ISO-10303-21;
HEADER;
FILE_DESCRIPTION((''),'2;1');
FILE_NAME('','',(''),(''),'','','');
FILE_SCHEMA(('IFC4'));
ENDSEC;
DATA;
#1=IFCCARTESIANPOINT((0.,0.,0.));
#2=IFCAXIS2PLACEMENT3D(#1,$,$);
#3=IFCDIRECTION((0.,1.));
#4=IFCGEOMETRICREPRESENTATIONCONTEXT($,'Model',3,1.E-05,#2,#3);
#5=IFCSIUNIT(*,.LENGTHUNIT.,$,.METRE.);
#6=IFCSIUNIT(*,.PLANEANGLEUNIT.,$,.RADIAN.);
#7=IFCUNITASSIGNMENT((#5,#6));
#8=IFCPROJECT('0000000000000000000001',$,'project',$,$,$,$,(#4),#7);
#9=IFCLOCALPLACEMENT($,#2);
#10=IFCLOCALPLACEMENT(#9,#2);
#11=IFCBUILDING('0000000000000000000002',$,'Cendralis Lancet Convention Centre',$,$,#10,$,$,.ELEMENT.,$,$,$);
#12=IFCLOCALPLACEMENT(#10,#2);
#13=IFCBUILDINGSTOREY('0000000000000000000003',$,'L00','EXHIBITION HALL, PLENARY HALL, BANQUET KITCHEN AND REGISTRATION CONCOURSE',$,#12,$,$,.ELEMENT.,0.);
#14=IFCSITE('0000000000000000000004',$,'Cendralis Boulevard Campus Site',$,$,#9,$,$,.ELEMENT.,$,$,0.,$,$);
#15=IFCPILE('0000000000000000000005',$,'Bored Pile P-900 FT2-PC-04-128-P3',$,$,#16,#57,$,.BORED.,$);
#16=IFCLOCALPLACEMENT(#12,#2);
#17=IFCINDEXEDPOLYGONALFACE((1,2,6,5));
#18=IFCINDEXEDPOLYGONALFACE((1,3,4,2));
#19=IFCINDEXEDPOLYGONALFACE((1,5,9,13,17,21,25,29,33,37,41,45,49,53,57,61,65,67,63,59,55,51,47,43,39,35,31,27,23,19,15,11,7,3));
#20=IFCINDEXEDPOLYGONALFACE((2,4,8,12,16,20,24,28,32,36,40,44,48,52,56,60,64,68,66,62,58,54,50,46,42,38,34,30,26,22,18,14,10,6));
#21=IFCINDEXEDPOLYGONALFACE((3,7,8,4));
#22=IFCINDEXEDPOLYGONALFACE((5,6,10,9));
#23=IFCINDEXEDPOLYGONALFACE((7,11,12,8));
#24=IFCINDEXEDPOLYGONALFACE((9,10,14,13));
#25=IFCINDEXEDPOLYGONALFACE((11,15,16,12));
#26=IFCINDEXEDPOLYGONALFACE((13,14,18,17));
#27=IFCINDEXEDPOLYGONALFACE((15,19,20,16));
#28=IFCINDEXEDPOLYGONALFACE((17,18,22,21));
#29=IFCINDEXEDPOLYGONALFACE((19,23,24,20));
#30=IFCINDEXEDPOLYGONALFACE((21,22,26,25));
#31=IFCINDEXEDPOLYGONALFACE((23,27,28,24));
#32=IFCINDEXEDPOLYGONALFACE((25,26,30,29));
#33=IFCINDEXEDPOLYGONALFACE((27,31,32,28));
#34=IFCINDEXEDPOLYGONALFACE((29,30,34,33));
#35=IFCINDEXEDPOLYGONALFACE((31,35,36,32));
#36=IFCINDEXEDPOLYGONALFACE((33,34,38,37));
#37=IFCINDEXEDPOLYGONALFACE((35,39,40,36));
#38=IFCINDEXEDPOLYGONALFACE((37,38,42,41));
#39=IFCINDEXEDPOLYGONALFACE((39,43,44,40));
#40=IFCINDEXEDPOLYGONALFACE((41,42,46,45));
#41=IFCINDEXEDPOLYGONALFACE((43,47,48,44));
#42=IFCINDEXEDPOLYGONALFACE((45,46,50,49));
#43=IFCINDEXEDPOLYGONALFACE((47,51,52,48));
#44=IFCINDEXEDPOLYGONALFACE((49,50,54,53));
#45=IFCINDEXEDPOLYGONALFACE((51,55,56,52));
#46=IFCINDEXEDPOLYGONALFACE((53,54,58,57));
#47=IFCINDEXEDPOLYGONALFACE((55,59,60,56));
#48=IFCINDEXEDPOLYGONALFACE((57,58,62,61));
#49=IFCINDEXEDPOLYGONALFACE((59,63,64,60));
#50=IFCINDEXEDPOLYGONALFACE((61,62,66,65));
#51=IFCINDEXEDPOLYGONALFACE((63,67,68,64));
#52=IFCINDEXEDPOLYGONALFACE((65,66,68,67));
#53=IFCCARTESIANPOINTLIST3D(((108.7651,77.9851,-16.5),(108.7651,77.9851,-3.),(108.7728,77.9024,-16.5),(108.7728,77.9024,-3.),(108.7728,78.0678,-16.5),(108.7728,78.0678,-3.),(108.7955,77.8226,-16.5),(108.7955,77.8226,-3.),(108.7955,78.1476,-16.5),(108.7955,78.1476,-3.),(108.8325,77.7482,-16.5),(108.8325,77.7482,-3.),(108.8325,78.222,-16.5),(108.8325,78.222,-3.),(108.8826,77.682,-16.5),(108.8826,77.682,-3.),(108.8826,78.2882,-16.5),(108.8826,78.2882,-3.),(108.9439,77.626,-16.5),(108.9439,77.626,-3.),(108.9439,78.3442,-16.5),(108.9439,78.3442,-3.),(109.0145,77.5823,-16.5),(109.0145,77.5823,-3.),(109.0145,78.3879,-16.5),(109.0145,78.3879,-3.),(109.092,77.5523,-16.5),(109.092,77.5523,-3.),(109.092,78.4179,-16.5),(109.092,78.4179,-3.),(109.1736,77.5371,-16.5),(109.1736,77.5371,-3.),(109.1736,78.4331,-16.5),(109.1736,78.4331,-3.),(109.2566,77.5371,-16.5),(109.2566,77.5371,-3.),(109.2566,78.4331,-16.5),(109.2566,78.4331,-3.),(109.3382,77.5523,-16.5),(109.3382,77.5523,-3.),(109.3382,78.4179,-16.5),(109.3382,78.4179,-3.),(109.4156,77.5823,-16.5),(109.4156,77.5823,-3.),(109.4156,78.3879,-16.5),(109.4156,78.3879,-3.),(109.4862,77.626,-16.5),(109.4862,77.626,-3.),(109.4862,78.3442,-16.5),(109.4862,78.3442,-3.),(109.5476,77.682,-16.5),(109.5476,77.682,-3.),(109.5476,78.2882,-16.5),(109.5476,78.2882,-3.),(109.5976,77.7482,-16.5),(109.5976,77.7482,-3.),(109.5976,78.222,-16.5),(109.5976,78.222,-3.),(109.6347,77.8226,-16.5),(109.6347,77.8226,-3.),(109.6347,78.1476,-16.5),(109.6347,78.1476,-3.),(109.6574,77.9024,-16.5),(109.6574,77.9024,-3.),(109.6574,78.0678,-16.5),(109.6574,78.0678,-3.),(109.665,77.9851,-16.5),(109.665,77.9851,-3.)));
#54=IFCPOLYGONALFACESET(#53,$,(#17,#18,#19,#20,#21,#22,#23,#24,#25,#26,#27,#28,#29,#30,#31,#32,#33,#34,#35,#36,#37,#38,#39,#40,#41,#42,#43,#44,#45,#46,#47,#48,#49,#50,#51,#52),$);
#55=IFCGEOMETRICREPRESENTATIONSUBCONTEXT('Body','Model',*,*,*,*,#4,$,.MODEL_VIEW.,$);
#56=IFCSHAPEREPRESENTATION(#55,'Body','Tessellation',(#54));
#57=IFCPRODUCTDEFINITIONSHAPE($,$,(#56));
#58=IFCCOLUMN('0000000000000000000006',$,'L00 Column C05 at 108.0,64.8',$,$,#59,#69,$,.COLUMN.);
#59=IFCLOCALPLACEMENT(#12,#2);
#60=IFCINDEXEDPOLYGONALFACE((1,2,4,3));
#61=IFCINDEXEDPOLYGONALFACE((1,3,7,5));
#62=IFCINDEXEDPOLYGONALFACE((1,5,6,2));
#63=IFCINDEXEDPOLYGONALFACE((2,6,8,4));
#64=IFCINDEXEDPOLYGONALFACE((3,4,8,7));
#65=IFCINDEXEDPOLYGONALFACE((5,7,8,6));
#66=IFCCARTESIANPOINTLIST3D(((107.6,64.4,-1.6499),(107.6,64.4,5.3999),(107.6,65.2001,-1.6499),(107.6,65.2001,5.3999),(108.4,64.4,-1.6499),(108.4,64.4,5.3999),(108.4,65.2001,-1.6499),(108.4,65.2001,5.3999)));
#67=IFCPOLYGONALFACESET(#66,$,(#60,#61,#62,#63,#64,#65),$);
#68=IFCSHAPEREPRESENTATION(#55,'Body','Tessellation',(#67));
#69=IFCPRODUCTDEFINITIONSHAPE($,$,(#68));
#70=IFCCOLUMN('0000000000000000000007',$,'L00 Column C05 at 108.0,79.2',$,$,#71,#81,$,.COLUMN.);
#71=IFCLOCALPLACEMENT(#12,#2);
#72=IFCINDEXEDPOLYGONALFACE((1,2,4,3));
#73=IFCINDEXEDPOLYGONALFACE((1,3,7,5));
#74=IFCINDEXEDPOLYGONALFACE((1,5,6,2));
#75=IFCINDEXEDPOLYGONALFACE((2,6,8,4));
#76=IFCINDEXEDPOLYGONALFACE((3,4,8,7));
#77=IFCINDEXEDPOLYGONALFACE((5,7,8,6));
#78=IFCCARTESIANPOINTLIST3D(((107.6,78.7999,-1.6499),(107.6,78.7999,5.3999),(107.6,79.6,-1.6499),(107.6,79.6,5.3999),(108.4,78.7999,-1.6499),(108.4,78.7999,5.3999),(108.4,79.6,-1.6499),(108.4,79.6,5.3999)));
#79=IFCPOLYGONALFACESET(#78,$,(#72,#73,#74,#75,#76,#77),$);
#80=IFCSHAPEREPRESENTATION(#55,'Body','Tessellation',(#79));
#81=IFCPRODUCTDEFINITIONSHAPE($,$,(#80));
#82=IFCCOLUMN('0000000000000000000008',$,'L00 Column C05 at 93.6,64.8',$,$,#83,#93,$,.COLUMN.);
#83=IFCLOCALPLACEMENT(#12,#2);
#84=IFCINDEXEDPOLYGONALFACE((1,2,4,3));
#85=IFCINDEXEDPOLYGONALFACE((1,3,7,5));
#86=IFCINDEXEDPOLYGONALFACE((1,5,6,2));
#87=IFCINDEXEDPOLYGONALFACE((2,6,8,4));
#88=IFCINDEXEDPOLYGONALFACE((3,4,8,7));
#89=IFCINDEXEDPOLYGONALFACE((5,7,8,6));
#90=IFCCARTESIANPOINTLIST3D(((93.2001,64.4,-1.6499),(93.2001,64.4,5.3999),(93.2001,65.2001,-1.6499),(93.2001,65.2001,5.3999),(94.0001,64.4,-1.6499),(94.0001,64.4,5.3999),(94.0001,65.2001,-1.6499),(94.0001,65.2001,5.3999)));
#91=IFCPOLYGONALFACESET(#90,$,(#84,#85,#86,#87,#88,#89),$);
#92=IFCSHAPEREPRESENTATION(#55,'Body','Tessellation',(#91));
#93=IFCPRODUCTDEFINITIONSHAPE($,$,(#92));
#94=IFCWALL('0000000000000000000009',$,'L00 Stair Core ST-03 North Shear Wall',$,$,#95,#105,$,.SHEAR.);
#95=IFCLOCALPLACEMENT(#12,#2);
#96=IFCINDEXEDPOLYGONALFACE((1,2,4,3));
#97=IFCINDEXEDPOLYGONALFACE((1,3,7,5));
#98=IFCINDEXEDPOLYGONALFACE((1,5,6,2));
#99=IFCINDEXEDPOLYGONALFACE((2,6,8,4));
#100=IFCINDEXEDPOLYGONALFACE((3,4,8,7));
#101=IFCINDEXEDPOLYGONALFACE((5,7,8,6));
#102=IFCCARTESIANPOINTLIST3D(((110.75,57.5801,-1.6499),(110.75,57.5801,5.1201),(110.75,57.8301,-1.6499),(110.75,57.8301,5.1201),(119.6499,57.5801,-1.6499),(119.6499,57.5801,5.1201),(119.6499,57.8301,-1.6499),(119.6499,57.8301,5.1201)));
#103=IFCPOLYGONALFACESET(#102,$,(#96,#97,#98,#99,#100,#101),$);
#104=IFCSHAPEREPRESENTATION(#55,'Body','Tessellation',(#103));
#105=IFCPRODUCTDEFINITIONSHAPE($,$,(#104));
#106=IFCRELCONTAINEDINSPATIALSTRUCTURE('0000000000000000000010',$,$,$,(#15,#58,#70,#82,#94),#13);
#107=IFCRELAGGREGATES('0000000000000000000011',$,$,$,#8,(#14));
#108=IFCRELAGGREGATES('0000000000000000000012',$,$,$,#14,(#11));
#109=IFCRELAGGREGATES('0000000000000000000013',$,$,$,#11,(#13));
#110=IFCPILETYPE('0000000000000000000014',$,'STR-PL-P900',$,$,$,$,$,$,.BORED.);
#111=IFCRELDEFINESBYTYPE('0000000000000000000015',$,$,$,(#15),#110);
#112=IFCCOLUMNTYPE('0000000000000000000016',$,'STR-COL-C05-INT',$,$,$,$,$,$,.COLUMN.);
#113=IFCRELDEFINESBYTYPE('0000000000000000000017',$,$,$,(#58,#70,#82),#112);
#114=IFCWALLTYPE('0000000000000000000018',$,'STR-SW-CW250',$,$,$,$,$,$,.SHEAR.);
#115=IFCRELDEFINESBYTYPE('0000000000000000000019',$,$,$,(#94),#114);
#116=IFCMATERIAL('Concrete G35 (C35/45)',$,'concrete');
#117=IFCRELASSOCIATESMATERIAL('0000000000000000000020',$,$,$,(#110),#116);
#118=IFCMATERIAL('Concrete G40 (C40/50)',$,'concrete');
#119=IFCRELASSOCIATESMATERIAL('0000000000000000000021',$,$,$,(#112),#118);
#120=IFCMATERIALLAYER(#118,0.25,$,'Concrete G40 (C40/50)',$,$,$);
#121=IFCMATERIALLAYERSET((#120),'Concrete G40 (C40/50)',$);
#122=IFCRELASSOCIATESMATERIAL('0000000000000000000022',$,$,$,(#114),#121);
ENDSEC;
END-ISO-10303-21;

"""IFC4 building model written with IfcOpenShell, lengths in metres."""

from ifc_helpers import new_model, si_unit, direction, frame, frame_2d, origin, origin_2d, place, context, subcontext, project, spatial, rectangle, circle, extrude, material, layer, layer_set, material_profile, profile_set, type_object, element, save


model = new_model("IFC4")

# Units and contexts
model_context = context("Model", 3, precision=1e-05, world=origin(), true_north=direction((0.0, 1.0)))
body_context = subcontext(model_context, "Body", "Model", "MODEL_VIEW")
ifc_project = project(units=[si_unit("LENGTHUNIT", "METRE"), si_unit("PLANEANGLEUNIT", "RADIAN")], contexts=[model_context])

# Site, building, storey
site_placement = place(None, origin())
site = spatial("IfcSite", under=ifc_project, at=site_placement, Name="Cendralis Boulevard Campus Site", CompositionType="ELEMENT", RefElevation=0.0)
building_placement = place(site_placement, origin())
building = spatial("IfcBuilding", under=site, at=building_placement, Name="Cendralis Lancet Convention Centre", CompositionType="ELEMENT")
storey_placement = place(building_placement, origin())
storey = spatial("IfcBuildingStorey", under=building, at=storey_placement, Name="L00", Description="EXHIBITION HALL, PLENARY HALL, BANQUET KITCHEN AND REGISTRATION CONCOURSE", CompositionType="ELEMENT", Elevation=0.0)

# Shared definitions
ifc_material_1 = material(Name="Concrete G35 (C35/45)", Category="concrete")

# Pile
ifc_material_profile_1 = material_profile(ifc_material_1, circle(Radius=0.45, at=origin_2d()), Name="BORED PILE D900")
ifc_profile_set_1 = profile_set([ifc_material_profile_1], Name="Concrete G35 (C35/45)")
pile_type_1 = type_object("IfcPileType", Name="STR-PL-P900", PredefinedType="BORED", material=ifc_profile_set_1)
for number, where, z_axis, x_axis, name in (
    (1, (109.2151, 77.9851, -3.0), (0.0, 0.0, -1.0), (1.0, 0.0, 0.0), "Bored Pile P-900 FT2-PC-04-128-P3"),
):
    element("IfcPile", number, at=place(storey_placement, frame(where, z_axis=z_axis, x_axis=x_axis)), inside=storey, type_object=pile_type_1, Name=name, PredefinedType="BORED", context=body_context, shape_type="SweptSolid", body=[
        extrude(circle(Radius=0.45, at=origin_2d()), origin(), (0.0, 0.0, 1.0), 13.5),
    ])

# Columns
ifc_material_2 = material(Name="Concrete G40 (C40/50)", Category="concrete")
ifc_material_profile_2 = material_profile(ifc_material_2, rectangle(XDim=0.8, YDim=0.8, at=origin_2d()), Name="RC 800x800")
ifc_profile_set_2 = profile_set([ifc_material_profile_2], Name="Concrete G40 (C40/50)")
column_type = type_object("IfcColumnType", Name="STR-COL-C05-INT", PredefinedType="COLUMN", material=ifc_profile_set_2)
for number, where, z_axis, x_axis, name in (
    (2, (108.0, 64.8, -1.6499), (0.0, 0.0, 1.0), (1.0, 0.0, 0.0), "L00 Column C05 at 108.0,64.8"),
    (3, (108.0, 79.2, -1.6499), (0.0, 0.0, 1.0), (1.0, 0.0, 0.0), "L00 Column C05 at 108.0,79.2"),
    (4, (93.6001, 64.8, -1.6499), (0.0, 0.0, 1.0), (1.0, 0.0, 0.0), "L00 Column C05 at 93.6,64.8"),
):
    element("IfcColumn", number, at=place(storey_placement, frame(where, z_axis=z_axis, x_axis=x_axis)), inside=storey, type_object=column_type, Name=name, PredefinedType="COLUMN", context=body_context, shape_type="SweptSolid", body=[
        extrude(rectangle(XDim=0.8, YDim=0.8, at=origin_2d()), origin(), (0.0, 0.0, 1.0), 7.0498),
    ])

# Wall
ifc_layer = layer(ifc_material_2, 0.25, Name="Concrete G40 (C40/50)")
ifc_layer_set = layer_set([ifc_layer], Name="Concrete G40 (C40/50)")
wall_type = type_object("IfcWallType", Name="STR-SW-CW250", PredefinedType="SHEAR", material=ifc_layer_set)
wall_placement = place(storey_placement, frame((110.75, 57.7051, -1.6499), z_axis=(0.0, 0.0, 1.0), x_axis=(1.0, 0.0, 0.0)))
element("IfcWall", 5, at=wall_placement, inside=storey, type_object=wall_type, Name="L00 Stair Core ST-03 North Shear Wall", PredefinedType="SHEAR", context=body_context, shape_type="SweptSolid", body=[
    extrude(rectangle(XDim=8.8999, YDim=0.25, at=frame_2d((4.45, 0.0))), origin(), (0.0, 0.0, 1.0), 6.77),
])

save(model, "model.ifc")
